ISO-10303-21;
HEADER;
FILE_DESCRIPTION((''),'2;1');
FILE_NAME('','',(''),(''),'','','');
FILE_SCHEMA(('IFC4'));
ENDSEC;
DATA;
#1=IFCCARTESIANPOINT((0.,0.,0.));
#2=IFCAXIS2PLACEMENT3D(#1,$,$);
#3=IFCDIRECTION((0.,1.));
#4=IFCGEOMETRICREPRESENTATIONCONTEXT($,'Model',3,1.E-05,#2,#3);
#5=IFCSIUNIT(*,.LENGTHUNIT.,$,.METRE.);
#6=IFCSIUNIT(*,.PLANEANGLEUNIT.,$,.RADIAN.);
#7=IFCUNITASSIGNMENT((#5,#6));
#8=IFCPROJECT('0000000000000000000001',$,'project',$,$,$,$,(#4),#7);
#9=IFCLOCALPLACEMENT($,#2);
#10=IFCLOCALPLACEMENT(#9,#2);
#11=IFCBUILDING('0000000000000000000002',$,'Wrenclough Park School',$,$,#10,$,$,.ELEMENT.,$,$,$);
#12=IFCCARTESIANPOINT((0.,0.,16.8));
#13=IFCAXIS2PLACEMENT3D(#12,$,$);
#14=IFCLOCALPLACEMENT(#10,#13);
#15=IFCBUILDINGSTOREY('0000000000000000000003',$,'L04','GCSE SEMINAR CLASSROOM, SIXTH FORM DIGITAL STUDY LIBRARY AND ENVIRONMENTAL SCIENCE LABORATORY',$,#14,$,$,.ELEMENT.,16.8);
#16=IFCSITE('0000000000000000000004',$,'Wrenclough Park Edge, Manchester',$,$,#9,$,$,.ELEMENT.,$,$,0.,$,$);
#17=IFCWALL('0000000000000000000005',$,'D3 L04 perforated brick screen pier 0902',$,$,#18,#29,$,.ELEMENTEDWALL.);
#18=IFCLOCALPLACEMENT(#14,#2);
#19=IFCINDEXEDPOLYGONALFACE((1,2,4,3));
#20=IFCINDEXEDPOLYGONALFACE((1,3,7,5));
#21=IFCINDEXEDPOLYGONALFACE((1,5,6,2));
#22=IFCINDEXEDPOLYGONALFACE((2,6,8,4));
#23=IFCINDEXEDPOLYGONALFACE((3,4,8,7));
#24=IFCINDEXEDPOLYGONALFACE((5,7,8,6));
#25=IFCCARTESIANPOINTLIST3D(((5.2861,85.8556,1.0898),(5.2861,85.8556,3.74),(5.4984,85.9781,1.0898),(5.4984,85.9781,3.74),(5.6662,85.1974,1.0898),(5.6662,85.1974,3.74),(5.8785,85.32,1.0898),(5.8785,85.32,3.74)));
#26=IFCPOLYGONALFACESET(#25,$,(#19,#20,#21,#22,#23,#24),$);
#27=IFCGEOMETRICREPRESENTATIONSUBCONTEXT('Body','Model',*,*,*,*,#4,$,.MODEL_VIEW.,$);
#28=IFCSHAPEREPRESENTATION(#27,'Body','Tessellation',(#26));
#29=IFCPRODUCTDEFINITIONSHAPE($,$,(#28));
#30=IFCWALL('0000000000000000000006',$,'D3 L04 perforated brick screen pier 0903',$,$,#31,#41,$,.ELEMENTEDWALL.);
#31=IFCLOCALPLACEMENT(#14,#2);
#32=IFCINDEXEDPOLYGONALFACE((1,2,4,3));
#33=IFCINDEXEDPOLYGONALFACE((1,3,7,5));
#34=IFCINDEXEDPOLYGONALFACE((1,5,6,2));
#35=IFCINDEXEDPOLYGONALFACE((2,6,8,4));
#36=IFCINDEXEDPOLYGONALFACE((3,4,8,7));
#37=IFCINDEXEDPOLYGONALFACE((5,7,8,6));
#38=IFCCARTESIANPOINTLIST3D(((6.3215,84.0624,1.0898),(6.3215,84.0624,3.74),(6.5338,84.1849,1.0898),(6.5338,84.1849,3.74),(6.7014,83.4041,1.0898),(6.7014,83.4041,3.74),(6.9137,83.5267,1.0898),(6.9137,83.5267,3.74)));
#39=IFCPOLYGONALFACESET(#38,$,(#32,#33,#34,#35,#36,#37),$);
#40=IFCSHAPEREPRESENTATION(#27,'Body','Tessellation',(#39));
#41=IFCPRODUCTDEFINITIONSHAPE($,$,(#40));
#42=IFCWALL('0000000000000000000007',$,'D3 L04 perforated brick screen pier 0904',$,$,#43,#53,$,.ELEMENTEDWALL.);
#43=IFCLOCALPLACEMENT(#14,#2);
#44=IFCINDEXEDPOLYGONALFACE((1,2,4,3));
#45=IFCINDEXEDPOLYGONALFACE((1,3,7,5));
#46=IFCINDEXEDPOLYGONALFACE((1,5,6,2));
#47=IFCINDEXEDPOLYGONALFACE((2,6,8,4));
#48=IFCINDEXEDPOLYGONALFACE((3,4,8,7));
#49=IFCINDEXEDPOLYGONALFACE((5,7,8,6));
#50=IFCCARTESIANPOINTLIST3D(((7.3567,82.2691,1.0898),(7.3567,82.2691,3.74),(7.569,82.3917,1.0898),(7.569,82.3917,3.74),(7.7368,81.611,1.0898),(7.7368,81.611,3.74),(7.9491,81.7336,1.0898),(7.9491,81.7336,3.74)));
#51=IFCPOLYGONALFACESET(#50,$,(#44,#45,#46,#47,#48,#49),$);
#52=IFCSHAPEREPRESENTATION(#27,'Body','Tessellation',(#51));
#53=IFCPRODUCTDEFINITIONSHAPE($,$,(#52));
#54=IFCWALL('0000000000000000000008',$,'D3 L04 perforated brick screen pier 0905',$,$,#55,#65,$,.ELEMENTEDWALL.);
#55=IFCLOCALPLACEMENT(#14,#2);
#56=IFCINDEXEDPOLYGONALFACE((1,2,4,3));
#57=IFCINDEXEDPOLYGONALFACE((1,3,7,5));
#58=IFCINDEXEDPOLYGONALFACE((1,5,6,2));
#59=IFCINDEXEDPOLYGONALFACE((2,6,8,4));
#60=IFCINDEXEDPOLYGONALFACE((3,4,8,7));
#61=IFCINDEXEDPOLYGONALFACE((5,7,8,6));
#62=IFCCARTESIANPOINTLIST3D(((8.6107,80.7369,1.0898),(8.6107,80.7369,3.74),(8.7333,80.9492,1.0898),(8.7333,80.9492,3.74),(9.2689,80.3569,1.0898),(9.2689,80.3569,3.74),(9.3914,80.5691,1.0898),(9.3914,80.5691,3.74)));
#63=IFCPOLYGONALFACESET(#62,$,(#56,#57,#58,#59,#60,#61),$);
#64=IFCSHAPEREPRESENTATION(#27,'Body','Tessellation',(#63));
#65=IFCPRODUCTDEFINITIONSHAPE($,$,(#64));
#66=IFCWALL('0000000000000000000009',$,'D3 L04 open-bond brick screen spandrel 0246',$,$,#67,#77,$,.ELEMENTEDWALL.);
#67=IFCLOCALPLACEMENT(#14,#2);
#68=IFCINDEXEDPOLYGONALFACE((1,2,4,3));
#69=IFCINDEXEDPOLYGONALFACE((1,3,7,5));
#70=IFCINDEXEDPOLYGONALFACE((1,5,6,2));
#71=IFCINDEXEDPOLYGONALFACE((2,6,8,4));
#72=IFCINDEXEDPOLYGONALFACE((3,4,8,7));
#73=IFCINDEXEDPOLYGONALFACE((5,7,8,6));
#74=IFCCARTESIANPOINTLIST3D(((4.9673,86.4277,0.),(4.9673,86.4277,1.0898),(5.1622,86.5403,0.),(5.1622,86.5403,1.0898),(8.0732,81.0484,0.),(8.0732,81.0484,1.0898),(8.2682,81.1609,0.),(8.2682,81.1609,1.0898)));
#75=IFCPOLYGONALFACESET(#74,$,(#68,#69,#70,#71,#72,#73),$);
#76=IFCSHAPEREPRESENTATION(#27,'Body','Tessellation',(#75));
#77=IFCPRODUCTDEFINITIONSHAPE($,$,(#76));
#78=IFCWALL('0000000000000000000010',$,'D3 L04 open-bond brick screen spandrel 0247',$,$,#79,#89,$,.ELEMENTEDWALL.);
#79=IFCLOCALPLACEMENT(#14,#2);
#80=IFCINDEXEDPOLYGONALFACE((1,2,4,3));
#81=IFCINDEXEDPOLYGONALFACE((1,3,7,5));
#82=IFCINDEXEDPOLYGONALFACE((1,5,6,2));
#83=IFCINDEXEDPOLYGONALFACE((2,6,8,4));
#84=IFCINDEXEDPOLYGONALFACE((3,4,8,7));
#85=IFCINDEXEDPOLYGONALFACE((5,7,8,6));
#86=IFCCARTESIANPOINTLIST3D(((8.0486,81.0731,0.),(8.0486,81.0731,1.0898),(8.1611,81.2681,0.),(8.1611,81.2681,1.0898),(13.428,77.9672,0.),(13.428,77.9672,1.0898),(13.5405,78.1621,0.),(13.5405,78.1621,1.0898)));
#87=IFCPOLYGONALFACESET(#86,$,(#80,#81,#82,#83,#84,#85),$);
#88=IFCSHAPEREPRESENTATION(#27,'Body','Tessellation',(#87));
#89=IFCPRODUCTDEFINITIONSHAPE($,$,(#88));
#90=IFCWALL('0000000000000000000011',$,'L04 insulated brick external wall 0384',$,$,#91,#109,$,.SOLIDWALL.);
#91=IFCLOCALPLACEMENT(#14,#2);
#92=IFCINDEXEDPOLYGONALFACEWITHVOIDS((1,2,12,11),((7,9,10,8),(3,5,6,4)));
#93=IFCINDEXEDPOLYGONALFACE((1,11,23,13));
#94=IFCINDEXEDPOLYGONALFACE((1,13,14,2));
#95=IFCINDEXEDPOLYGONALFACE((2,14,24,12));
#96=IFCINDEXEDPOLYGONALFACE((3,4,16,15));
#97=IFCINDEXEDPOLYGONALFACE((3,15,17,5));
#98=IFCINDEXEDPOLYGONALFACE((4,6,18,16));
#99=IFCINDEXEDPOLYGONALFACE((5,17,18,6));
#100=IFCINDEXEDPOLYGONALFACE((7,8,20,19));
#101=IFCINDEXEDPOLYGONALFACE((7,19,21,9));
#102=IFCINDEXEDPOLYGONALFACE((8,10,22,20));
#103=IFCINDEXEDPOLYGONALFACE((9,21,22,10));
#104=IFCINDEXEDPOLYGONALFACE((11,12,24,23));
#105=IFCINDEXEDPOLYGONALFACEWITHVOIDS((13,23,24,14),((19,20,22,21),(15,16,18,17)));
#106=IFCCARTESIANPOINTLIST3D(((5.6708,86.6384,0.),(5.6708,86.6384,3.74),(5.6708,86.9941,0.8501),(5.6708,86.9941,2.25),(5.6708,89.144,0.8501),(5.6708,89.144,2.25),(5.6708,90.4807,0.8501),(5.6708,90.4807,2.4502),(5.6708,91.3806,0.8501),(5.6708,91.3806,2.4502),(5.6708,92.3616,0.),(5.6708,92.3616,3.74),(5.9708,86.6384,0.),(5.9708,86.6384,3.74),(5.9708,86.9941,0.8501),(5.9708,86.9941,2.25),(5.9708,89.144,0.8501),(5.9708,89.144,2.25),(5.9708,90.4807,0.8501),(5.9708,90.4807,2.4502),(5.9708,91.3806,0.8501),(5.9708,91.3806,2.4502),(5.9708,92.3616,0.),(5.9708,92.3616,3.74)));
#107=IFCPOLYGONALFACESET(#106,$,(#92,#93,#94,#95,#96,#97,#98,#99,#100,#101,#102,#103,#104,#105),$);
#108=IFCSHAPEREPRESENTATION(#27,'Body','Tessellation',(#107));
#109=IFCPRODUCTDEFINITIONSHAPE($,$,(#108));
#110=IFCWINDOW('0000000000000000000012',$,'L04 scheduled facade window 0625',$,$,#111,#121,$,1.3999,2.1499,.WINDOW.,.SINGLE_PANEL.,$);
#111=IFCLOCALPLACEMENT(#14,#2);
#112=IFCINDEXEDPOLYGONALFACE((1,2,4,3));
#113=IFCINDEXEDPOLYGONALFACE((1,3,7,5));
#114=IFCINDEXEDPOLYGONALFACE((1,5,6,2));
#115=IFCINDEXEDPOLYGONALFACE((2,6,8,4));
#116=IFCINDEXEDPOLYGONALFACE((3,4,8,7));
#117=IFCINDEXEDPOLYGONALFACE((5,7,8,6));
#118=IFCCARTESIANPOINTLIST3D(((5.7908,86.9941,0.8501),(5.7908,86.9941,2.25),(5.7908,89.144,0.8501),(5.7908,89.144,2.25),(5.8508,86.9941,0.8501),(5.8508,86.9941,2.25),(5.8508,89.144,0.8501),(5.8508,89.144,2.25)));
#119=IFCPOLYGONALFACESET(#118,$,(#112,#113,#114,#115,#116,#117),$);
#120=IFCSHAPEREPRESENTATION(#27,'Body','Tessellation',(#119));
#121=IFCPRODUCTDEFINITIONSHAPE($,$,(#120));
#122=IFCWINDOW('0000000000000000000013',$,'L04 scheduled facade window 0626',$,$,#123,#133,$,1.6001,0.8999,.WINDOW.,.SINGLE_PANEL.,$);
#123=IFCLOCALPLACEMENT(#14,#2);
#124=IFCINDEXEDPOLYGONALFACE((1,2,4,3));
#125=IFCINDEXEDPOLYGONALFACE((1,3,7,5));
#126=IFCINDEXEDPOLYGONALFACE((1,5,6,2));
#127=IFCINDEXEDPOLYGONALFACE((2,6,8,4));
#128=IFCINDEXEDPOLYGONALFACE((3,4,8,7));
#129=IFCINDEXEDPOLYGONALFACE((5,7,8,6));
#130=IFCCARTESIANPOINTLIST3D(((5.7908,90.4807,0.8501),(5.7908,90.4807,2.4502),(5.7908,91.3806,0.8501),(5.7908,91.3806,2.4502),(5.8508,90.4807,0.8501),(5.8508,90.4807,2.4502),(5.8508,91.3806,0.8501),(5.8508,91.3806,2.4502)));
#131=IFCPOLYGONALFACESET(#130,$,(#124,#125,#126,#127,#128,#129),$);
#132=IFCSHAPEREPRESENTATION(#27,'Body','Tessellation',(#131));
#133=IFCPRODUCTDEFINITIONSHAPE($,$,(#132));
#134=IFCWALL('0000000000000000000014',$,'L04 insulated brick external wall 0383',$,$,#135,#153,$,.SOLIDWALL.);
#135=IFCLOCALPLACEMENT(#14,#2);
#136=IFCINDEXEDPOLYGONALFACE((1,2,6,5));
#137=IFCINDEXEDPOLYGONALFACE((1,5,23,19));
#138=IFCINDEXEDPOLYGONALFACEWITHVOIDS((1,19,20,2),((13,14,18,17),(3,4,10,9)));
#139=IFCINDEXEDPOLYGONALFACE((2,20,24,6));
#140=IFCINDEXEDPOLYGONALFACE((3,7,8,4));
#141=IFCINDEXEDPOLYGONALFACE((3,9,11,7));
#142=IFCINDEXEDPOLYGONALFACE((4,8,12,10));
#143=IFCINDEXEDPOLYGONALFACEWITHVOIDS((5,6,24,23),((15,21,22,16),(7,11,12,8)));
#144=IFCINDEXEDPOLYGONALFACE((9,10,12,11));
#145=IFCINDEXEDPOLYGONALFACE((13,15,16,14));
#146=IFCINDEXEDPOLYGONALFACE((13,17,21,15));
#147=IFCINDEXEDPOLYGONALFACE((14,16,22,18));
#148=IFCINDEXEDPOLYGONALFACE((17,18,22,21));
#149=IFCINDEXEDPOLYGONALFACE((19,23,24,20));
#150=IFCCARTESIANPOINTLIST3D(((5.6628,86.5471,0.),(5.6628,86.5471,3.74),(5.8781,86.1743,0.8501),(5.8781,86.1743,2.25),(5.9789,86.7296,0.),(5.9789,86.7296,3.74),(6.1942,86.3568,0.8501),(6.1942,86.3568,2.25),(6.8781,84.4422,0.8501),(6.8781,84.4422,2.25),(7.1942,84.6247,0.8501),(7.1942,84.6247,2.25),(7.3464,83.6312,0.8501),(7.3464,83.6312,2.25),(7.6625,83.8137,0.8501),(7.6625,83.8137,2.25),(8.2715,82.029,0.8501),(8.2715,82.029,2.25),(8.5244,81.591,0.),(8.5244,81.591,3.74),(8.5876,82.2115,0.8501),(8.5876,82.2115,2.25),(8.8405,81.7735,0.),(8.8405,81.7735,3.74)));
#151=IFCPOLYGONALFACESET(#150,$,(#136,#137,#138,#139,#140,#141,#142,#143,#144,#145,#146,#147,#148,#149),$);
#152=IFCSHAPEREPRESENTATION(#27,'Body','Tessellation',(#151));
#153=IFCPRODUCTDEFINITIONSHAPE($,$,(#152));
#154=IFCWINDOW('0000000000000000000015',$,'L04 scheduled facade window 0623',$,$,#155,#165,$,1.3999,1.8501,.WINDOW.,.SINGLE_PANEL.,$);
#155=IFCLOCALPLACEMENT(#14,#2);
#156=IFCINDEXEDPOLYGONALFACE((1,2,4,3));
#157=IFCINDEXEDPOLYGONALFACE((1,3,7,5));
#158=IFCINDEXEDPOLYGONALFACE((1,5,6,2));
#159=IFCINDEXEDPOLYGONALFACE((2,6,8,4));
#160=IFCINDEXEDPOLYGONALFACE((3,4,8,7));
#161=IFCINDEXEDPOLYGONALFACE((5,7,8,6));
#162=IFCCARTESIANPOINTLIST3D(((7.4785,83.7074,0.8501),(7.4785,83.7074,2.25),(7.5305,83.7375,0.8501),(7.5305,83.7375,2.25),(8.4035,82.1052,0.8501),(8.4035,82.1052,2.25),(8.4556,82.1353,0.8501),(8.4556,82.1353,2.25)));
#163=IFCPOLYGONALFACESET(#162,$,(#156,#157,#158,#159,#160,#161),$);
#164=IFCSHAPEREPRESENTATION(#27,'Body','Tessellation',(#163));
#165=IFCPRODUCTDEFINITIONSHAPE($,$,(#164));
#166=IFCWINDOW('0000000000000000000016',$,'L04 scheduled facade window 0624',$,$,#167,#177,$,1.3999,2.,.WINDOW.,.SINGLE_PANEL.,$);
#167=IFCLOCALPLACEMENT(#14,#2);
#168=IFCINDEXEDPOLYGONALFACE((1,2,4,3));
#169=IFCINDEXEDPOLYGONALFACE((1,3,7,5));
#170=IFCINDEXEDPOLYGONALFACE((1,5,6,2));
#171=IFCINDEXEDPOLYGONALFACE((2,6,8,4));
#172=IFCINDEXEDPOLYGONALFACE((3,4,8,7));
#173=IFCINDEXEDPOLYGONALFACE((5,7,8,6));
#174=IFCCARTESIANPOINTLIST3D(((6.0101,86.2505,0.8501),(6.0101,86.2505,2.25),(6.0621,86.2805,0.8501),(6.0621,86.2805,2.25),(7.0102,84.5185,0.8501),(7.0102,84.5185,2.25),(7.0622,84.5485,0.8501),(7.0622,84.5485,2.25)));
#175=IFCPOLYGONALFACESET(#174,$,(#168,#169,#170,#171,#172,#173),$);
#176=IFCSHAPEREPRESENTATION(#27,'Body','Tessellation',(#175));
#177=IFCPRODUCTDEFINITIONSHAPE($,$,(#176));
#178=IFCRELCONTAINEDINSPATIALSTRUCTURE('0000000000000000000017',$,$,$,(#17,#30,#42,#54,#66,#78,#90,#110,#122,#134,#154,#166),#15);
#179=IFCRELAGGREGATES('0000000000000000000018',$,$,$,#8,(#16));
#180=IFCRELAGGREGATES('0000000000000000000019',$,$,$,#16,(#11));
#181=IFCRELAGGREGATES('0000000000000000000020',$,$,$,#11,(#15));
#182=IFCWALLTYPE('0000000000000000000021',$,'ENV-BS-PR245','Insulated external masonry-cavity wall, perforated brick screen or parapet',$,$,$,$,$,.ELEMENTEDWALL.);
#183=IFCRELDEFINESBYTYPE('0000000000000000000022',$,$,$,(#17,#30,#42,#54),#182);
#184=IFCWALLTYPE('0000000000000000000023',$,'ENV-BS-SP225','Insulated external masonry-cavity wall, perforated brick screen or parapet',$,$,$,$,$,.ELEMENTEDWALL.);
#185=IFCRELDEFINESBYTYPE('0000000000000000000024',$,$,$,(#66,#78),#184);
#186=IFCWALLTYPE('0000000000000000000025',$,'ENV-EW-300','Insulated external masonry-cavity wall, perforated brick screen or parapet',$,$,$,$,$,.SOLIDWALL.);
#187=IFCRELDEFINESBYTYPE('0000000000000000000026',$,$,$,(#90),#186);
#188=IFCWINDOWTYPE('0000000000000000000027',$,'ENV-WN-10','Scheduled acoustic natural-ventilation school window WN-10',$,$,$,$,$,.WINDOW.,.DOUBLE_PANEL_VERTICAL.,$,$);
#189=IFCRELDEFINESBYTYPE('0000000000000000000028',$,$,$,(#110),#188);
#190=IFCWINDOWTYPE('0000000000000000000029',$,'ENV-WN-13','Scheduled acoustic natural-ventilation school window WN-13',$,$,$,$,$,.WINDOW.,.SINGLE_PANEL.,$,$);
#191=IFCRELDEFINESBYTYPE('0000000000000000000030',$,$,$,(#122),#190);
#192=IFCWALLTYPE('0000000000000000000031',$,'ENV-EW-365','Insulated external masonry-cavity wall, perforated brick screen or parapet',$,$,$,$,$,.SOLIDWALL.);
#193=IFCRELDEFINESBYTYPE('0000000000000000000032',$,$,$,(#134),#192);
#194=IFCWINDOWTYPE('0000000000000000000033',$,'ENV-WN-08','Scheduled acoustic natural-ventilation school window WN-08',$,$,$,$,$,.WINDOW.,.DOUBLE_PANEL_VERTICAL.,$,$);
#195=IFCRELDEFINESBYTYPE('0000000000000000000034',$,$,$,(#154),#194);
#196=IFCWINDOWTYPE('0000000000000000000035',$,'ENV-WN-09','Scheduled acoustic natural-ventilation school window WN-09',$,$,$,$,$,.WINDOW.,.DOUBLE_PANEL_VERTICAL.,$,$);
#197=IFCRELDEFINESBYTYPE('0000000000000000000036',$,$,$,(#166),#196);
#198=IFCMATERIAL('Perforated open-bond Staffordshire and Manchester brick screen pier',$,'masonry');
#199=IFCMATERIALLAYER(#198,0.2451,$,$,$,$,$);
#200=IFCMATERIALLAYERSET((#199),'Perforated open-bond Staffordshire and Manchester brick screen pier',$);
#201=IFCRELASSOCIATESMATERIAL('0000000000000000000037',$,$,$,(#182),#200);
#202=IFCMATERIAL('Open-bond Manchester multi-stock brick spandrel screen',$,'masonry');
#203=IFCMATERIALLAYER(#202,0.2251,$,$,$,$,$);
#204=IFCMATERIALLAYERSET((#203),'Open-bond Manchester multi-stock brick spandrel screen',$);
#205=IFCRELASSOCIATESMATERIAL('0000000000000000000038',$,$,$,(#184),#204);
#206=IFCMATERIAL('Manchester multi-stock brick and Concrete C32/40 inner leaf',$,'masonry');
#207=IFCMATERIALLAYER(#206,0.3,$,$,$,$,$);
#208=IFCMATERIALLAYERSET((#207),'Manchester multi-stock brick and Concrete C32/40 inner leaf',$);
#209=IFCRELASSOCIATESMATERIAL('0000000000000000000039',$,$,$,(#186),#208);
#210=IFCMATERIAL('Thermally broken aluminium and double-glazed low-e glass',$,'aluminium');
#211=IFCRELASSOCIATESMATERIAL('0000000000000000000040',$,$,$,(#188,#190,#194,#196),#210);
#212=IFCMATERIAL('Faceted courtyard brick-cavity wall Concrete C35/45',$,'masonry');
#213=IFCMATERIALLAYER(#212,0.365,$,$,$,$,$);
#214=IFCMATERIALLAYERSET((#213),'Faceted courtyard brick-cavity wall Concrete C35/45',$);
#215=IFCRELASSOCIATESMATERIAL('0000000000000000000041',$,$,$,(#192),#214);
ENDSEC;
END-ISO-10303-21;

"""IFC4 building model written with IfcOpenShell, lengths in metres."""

from ifc_helpers import new_model, si_unit, direction, frame, frame_2d, origin, place, context, subcontext, project, spatial, rectangle, extrude, material, layer, layer_set, type_object, element, fill, save


model = new_model("IFC4")

# Units and contexts
model_context = context("Model", 3, precision=1e-05, world=origin(), true_north=direction((0.0, 1.0)))
body_context = subcontext(model_context, "Body", "Model", "MODEL_VIEW")
ifc_project = project(units=[si_unit("LENGTHUNIT", "METRE"), si_unit("PLANEANGLEUNIT", "RADIAN")], contexts=[model_context])

# Site, building, storey
site_placement = place(None, origin())
site = spatial("IfcSite", under=ifc_project, at=site_placement, Name="Wrenclough Park Edge, Manchester", CompositionType="ELEMENT", RefElevation=0.0)
building_placement = place(site_placement, origin())
building = spatial("IfcBuilding", under=site, at=building_placement, Name="Wrenclough Park School", CompositionType="ELEMENT")
storey_placement = place(building_placement, frame((0.0, 0.0, 16.8)))
storey = spatial("IfcBuildingStorey", under=building, at=storey_placement, Name="L04", Description="GCSE SEMINAR CLASSROOM, SIXTH FORM DIGITAL STUDY LIBRARY AND ENVIRONMENTAL SCIENCE LABORATORY", CompositionType="ELEMENT", Elevation=16.8)

# Walls
ifc_material_1 = material(Name="Perforated open-bond Staffordshire and Manchester brick screen pier", Category="masonry")
ifc_layer_1 = layer(ifc_material_1, 0.2451)
ifc_layer_set_1 = layer_set([ifc_layer_1], Name="Perforated open-bond Staffordshire and Manchester brick screen pier")
wall_type_1 = type_object("IfcWallType", Name="ENV-BS-PR245", Description="Insulated external masonry-cavity wall, perforated brick screen or parapet", PredefinedType="ELEMENTEDWALL", material=ifc_layer_set_1)
for number, where, z_axis, x_axis, name in (
    (1, (5.3923, 85.9167, 1.0898), (0.0, 0.0, 1.0), (0.500112, -0.865961, 0.0), "D3 L04 perforated brick screen pier 0902"),
    (2, (6.4277, 84.1235, 1.0898), (0.0, 0.0, 1.0), (0.499871, -0.8661, 0.0), "D3 L04 perforated brick screen pier 0903"),
    (3, (7.4629, 82.3303, 1.0898), (0.0, 0.0, 1.0), (0.500112, -0.865961, 0.0), "D3 L04 perforated brick screen pier 0904"),
    (4, (8.6721, 80.843, 1.0898), (0.0, 0.0, 1.0), (0.865961, -0.500112, 0.0), "D3 L04 perforated brick screen pier 0905"),
):
    element("IfcWall", number, at=place(storey_placement, frame(where, z_axis=z_axis, x_axis=x_axis)), inside=storey, type_object=wall_type_1, Name=name, PredefinedType="ELEMENTEDWALL", context=body_context, shape_type="SweptSolid", body=[
        extrude(rectangle(XDim=0.76, YDim=0.2451, at=frame_2d((0.3799, 0.0))), origin(), (0.0, 0.0, 1.0), 2.6501),
    ])
ifc_material_2 = material(Name="Open-bond Manchester multi-stock brick spandrel screen", Category="masonry")
ifc_layer_2 = layer(ifc_material_2, 0.2251)
ifc_layer_set_2 = layer_set([ifc_layer_2], Name="Open-bond Manchester multi-stock brick spandrel screen")
wall_type_2 = type_object("IfcWallType", Name="ENV-BS-SP225", Description="Insulated external masonry-cavity wall, perforated brick screen or parapet", PredefinedType="ELEMENTEDWALL", material=ifc_layer_set_2)
for number, where, z_axis, x_axis, name in (
    (5, (5.0647, 86.4841, 0.0), (0.0, 0.0, 1.0), (0.50002, -0.866014, 0.0), "D3 L04 open-bond brick screen spandrel 0246"),
    (6, (8.1047, 81.1707, 0.0), (0.0, 0.0, 1.0), (0.866014, -0.50002, 0.0), "D3 L04 open-bond brick screen spandrel 0247"),
):
    element("IfcWall", number, at=place(storey_placement, frame(where, z_axis=z_axis, x_axis=x_axis)), inside=storey, type_object=wall_type_2, Name=name, PredefinedType="ELEMENTEDWALL", context=body_context, shape_type="SweptSolid", body=[
        extrude(rectangle(XDim=6.2117, YDim=0.2251, at=frame_2d((3.106, 0.0))), origin(), (0.0, 0.0, 1.0), 1.0898),
    ])

# Walls, openings, windows
ifc_material_3 = material(Name="Manchester multi-stock brick and Concrete C32/40 inner leaf", Category="masonry")
ifc_layer_3 = layer(ifc_material_3, 0.3)
ifc_layer_set_3 = layer_set([ifc_layer_3], Name="Manchester multi-stock brick and Concrete C32/40 inner leaf")
wall_type_3 = type_object("IfcWallType", Name="ENV-EW-300", Description="Insulated external masonry-cavity wall, perforated brick screen or parapet", PredefinedType="SOLIDWALL", material=ifc_layer_set_3)
wall_1_placement = place(storey_placement, frame((5.8208, 86.6384, 0.0), z_axis=(0.0, 0.0, 1.0), x_axis=(0.0, 1.0, 0.0)))
wall_1 = element("IfcWall", 7, at=wall_1_placement, inside=storey, type_object=wall_type_3, Name="L04 insulated brick external wall 0384", PredefinedType="SOLIDWALL", context=body_context, shape_type="SweptSolid", body=[
    extrude(rectangle(XDim=5.7231, YDim=0.3, at=frame_2d((2.8616, 0.0))), origin(), (0.0, 0.0, 1.0), 3.74),
])
opening_1_placement = place(wall_1_placement, frame((0.3557, 0.0, 0.8501)))
opening_1 = element("IfcOpeningElement", 8, at=opening_1_placement, cuts=wall_1, PredefinedType="OPENING", context=body_context, shape_type="SweptSolid", body=[
    extrude(rectangle(XDim=2.1499, YDim=1.3999, at=frame_2d((1.075, 0.7))), frame((0.0, 0.1599, 0.0), z_axis=(0.0, -1.0, 0.0), x_axis=(1.0, 0.0, 0.0)), (0.0, 0.0, 1.0), 0.3201),
])
opening_2_placement = place(wall_1_placement, frame((3.8423, 0.0, 0.8501)))
opening_2 = element("IfcOpeningElement", 9, at=opening_2_placement, cuts=wall_1, PredefinedType="OPENING", context=body_context, shape_type="SweptSolid", body=[
    extrude(rectangle(XDim=0.8999, YDim=1.6001, at=frame_2d((0.45, 0.8))), frame((0.0, 0.1599, 0.0), z_axis=(0.0, -1.0, 0.0), x_axis=(1.0, 0.0, 0.0)), (0.0, 0.0, 1.0), 0.3201),
])
ifc_material_4 = material(Name="Thermally broken aluminium and double-glazed low-e glass", Category="aluminium")
window_type_1 = type_object("IfcWindowType", Name="ENV-WN-10", Description="Scheduled acoustic natural-ventilation school window WN-10", PartitioningType="DOUBLE_PANEL_VERTICAL", PredefinedType="WINDOW", material=ifc_material_4)
window_1_placement = place(opening_1_placement, origin())
window_1 = element("IfcWindow", 10, at=window_1_placement, inside=storey, type_object=window_type_1, Name="L04 scheduled facade window 0625", OverallHeight=1.3999, OverallWidth=2.1499, PartitioningType="SINGLE_PANEL", PredefinedType="WINDOW", context=body_context, shape_type="SweptSolid", body=[
    extrude(rectangle(XDim=2.1499, YDim=1.3999, at=frame_2d((1.075, 0.7))), frame((0.0, 0.03, 0.0), z_axis=(0.0, -1.0, 0.0), x_axis=(1.0, 0.0, 0.0)), (0.0, 0.0, 1.0), 0.0601),
])
fill(opening_1, window_1)
window_type_2 = type_object("IfcWindowType", Name="ENV-WN-13", Description="Scheduled acoustic natural-ventilation school window WN-13", PartitioningType="SINGLE_PANEL", PredefinedType="WINDOW", material=ifc_material_4)
window_2_placement = place(opening_2_placement, origin())
window_2 = element("IfcWindow", 11, at=window_2_placement, inside=storey, type_object=window_type_2, Name="L04 scheduled facade window 0626", OverallHeight=1.6001, OverallWidth=0.8999, PartitioningType="SINGLE_PANEL", PredefinedType="WINDOW", context=body_context, shape_type="SweptSolid", body=[
    extrude(rectangle(XDim=0.8999, YDim=1.6001, at=frame_2d((0.45, 0.8))), frame((0.0, 0.03, 0.0), z_axis=(0.0, -1.0, 0.0), x_axis=(1.0, 0.0, 0.0)), (0.0, 0.0, 1.0), 0.0601),
])
fill(opening_2, window_2)
ifc_material_5 = material(Name="Faceted courtyard brick-cavity wall Concrete C35/45", Category="masonry")
ifc_layer_4 = layer(ifc_material_5, 0.365)
ifc_layer_set_4 = layer_set([ifc_layer_4], Name="Faceted courtyard brick-cavity wall Concrete C35/45")
wall_type_4 = type_object("IfcWallType", Name="ENV-EW-365", Description="Insulated external masonry-cavity wall, perforated brick screen or parapet", PredefinedType="SOLIDWALL", material=ifc_layer_set_4)
wall_2_placement = place(storey_placement, frame((8.6824, 81.6824, 0.0), z_axis=(0.0, 0.0, 1.0), x_axis=(-0.500025, 0.866011, 0.0)))
wall_2 = element("IfcWall", 12, at=wall_2_placement, inside=storey, type_object=wall_type_4, Name="L04 insulated brick external wall 0383", PredefinedType="SOLIDWALL", context=body_context, shape_type="SweptSolid", body=[
    extrude(rectangle(XDim=5.7229, YDim=0.365, at=frame_2d((2.8613, 0.0))), origin(), (0.0, 0.0, 1.0), 3.74),
])
opening_3_placement = place(wall_2_placement, frame((0.5056, 0.0, 0.8501)))
opening_3 = element("IfcOpeningElement", 13, at=opening_3_placement, cuts=wall_2, PredefinedType="OPENING", context=body_context, shape_type="SweptSolid", body=[
    extrude(rectangle(XDim=1.8501, YDim=1.3999, at=frame_2d((0.925, 0.7))), frame((0.0, 0.1924, 0.0), z_axis=(0.0, -1.0, 0.0), x_axis=(1.0, 0.0, 0.0)), (0.0, 0.0, 1.0), 0.385),
])
opening_4_placement = place(wall_2_placement, frame((3.2922, 0.0, 0.8501)))
opening_4 = element("IfcOpeningElement", 14, at=opening_4_placement, cuts=wall_2, PredefinedType="OPENING", context=body_context, shape_type="SweptSolid", body=[
    extrude(rectangle(XDim=2.0, YDim=1.3999, at=frame_2d((1.0, 0.7))), frame((0.0, 0.1924, 0.0), z_axis=(0.0, -1.0, 0.0), x_axis=(1.0, 0.0, 0.0)), (0.0, 0.0, 1.0), 0.385),
])
window_type_3 = type_object("IfcWindowType", Name="ENV-WN-08", Description="Scheduled acoustic natural-ventilation school window WN-08", PartitioningType="DOUBLE_PANEL_VERTICAL", PredefinedType="WINDOW", material=ifc_material_4)
window_3_placement = place(opening_3_placement, origin())
window_3 = element("IfcWindow", 15, at=window_3_placement, inside=storey, type_object=window_type_3, Name="L04 scheduled facade window 0623", OverallHeight=1.3999, OverallWidth=1.8501, PartitioningType="SINGLE_PANEL", PredefinedType="WINDOW", context=body_context, shape_type="SweptSolid", body=[
    extrude(rectangle(XDim=1.8501, YDim=1.3999, at=frame_2d((0.925, 0.7))), frame((0.0, 0.03, 0.0), z_axis=(0.0, -1.0, 0.0), x_axis=(1.0, 0.0, 0.0)), (0.0, 0.0, 1.0), 0.0601),
])
fill(opening_3, window_3)
window_type_4 = type_object("IfcWindowType", Name="ENV-WN-09", Description="Scheduled acoustic natural-ventilation school window WN-09", PartitioningType="DOUBLE_PANEL_VERTICAL", PredefinedType="WINDOW", material=ifc_material_4)
window_4_placement = place(opening_4_placement, origin())
window_4 = element("IfcWindow", 16, at=window_4_placement, inside=storey, type_object=window_type_4, Name="L04 scheduled facade window 0624", OverallHeight=1.3999, OverallWidth=2.0, PartitioningType="SINGLE_PANEL", PredefinedType="WINDOW", context=body_context, shape_type="SweptSolid", body=[
    extrude(rectangle(XDim=2.0, YDim=1.3999, at=frame_2d((1.0, 0.7))), frame((0.0, 0.03, 0.0), z_axis=(0.0, -1.0, 0.0), x_axis=(1.0, 0.0, 0.0)), (0.0, 0.0, 1.0), 0.0601),
])
fill(opening_4, window_4)

save(model, "model.ifc")
